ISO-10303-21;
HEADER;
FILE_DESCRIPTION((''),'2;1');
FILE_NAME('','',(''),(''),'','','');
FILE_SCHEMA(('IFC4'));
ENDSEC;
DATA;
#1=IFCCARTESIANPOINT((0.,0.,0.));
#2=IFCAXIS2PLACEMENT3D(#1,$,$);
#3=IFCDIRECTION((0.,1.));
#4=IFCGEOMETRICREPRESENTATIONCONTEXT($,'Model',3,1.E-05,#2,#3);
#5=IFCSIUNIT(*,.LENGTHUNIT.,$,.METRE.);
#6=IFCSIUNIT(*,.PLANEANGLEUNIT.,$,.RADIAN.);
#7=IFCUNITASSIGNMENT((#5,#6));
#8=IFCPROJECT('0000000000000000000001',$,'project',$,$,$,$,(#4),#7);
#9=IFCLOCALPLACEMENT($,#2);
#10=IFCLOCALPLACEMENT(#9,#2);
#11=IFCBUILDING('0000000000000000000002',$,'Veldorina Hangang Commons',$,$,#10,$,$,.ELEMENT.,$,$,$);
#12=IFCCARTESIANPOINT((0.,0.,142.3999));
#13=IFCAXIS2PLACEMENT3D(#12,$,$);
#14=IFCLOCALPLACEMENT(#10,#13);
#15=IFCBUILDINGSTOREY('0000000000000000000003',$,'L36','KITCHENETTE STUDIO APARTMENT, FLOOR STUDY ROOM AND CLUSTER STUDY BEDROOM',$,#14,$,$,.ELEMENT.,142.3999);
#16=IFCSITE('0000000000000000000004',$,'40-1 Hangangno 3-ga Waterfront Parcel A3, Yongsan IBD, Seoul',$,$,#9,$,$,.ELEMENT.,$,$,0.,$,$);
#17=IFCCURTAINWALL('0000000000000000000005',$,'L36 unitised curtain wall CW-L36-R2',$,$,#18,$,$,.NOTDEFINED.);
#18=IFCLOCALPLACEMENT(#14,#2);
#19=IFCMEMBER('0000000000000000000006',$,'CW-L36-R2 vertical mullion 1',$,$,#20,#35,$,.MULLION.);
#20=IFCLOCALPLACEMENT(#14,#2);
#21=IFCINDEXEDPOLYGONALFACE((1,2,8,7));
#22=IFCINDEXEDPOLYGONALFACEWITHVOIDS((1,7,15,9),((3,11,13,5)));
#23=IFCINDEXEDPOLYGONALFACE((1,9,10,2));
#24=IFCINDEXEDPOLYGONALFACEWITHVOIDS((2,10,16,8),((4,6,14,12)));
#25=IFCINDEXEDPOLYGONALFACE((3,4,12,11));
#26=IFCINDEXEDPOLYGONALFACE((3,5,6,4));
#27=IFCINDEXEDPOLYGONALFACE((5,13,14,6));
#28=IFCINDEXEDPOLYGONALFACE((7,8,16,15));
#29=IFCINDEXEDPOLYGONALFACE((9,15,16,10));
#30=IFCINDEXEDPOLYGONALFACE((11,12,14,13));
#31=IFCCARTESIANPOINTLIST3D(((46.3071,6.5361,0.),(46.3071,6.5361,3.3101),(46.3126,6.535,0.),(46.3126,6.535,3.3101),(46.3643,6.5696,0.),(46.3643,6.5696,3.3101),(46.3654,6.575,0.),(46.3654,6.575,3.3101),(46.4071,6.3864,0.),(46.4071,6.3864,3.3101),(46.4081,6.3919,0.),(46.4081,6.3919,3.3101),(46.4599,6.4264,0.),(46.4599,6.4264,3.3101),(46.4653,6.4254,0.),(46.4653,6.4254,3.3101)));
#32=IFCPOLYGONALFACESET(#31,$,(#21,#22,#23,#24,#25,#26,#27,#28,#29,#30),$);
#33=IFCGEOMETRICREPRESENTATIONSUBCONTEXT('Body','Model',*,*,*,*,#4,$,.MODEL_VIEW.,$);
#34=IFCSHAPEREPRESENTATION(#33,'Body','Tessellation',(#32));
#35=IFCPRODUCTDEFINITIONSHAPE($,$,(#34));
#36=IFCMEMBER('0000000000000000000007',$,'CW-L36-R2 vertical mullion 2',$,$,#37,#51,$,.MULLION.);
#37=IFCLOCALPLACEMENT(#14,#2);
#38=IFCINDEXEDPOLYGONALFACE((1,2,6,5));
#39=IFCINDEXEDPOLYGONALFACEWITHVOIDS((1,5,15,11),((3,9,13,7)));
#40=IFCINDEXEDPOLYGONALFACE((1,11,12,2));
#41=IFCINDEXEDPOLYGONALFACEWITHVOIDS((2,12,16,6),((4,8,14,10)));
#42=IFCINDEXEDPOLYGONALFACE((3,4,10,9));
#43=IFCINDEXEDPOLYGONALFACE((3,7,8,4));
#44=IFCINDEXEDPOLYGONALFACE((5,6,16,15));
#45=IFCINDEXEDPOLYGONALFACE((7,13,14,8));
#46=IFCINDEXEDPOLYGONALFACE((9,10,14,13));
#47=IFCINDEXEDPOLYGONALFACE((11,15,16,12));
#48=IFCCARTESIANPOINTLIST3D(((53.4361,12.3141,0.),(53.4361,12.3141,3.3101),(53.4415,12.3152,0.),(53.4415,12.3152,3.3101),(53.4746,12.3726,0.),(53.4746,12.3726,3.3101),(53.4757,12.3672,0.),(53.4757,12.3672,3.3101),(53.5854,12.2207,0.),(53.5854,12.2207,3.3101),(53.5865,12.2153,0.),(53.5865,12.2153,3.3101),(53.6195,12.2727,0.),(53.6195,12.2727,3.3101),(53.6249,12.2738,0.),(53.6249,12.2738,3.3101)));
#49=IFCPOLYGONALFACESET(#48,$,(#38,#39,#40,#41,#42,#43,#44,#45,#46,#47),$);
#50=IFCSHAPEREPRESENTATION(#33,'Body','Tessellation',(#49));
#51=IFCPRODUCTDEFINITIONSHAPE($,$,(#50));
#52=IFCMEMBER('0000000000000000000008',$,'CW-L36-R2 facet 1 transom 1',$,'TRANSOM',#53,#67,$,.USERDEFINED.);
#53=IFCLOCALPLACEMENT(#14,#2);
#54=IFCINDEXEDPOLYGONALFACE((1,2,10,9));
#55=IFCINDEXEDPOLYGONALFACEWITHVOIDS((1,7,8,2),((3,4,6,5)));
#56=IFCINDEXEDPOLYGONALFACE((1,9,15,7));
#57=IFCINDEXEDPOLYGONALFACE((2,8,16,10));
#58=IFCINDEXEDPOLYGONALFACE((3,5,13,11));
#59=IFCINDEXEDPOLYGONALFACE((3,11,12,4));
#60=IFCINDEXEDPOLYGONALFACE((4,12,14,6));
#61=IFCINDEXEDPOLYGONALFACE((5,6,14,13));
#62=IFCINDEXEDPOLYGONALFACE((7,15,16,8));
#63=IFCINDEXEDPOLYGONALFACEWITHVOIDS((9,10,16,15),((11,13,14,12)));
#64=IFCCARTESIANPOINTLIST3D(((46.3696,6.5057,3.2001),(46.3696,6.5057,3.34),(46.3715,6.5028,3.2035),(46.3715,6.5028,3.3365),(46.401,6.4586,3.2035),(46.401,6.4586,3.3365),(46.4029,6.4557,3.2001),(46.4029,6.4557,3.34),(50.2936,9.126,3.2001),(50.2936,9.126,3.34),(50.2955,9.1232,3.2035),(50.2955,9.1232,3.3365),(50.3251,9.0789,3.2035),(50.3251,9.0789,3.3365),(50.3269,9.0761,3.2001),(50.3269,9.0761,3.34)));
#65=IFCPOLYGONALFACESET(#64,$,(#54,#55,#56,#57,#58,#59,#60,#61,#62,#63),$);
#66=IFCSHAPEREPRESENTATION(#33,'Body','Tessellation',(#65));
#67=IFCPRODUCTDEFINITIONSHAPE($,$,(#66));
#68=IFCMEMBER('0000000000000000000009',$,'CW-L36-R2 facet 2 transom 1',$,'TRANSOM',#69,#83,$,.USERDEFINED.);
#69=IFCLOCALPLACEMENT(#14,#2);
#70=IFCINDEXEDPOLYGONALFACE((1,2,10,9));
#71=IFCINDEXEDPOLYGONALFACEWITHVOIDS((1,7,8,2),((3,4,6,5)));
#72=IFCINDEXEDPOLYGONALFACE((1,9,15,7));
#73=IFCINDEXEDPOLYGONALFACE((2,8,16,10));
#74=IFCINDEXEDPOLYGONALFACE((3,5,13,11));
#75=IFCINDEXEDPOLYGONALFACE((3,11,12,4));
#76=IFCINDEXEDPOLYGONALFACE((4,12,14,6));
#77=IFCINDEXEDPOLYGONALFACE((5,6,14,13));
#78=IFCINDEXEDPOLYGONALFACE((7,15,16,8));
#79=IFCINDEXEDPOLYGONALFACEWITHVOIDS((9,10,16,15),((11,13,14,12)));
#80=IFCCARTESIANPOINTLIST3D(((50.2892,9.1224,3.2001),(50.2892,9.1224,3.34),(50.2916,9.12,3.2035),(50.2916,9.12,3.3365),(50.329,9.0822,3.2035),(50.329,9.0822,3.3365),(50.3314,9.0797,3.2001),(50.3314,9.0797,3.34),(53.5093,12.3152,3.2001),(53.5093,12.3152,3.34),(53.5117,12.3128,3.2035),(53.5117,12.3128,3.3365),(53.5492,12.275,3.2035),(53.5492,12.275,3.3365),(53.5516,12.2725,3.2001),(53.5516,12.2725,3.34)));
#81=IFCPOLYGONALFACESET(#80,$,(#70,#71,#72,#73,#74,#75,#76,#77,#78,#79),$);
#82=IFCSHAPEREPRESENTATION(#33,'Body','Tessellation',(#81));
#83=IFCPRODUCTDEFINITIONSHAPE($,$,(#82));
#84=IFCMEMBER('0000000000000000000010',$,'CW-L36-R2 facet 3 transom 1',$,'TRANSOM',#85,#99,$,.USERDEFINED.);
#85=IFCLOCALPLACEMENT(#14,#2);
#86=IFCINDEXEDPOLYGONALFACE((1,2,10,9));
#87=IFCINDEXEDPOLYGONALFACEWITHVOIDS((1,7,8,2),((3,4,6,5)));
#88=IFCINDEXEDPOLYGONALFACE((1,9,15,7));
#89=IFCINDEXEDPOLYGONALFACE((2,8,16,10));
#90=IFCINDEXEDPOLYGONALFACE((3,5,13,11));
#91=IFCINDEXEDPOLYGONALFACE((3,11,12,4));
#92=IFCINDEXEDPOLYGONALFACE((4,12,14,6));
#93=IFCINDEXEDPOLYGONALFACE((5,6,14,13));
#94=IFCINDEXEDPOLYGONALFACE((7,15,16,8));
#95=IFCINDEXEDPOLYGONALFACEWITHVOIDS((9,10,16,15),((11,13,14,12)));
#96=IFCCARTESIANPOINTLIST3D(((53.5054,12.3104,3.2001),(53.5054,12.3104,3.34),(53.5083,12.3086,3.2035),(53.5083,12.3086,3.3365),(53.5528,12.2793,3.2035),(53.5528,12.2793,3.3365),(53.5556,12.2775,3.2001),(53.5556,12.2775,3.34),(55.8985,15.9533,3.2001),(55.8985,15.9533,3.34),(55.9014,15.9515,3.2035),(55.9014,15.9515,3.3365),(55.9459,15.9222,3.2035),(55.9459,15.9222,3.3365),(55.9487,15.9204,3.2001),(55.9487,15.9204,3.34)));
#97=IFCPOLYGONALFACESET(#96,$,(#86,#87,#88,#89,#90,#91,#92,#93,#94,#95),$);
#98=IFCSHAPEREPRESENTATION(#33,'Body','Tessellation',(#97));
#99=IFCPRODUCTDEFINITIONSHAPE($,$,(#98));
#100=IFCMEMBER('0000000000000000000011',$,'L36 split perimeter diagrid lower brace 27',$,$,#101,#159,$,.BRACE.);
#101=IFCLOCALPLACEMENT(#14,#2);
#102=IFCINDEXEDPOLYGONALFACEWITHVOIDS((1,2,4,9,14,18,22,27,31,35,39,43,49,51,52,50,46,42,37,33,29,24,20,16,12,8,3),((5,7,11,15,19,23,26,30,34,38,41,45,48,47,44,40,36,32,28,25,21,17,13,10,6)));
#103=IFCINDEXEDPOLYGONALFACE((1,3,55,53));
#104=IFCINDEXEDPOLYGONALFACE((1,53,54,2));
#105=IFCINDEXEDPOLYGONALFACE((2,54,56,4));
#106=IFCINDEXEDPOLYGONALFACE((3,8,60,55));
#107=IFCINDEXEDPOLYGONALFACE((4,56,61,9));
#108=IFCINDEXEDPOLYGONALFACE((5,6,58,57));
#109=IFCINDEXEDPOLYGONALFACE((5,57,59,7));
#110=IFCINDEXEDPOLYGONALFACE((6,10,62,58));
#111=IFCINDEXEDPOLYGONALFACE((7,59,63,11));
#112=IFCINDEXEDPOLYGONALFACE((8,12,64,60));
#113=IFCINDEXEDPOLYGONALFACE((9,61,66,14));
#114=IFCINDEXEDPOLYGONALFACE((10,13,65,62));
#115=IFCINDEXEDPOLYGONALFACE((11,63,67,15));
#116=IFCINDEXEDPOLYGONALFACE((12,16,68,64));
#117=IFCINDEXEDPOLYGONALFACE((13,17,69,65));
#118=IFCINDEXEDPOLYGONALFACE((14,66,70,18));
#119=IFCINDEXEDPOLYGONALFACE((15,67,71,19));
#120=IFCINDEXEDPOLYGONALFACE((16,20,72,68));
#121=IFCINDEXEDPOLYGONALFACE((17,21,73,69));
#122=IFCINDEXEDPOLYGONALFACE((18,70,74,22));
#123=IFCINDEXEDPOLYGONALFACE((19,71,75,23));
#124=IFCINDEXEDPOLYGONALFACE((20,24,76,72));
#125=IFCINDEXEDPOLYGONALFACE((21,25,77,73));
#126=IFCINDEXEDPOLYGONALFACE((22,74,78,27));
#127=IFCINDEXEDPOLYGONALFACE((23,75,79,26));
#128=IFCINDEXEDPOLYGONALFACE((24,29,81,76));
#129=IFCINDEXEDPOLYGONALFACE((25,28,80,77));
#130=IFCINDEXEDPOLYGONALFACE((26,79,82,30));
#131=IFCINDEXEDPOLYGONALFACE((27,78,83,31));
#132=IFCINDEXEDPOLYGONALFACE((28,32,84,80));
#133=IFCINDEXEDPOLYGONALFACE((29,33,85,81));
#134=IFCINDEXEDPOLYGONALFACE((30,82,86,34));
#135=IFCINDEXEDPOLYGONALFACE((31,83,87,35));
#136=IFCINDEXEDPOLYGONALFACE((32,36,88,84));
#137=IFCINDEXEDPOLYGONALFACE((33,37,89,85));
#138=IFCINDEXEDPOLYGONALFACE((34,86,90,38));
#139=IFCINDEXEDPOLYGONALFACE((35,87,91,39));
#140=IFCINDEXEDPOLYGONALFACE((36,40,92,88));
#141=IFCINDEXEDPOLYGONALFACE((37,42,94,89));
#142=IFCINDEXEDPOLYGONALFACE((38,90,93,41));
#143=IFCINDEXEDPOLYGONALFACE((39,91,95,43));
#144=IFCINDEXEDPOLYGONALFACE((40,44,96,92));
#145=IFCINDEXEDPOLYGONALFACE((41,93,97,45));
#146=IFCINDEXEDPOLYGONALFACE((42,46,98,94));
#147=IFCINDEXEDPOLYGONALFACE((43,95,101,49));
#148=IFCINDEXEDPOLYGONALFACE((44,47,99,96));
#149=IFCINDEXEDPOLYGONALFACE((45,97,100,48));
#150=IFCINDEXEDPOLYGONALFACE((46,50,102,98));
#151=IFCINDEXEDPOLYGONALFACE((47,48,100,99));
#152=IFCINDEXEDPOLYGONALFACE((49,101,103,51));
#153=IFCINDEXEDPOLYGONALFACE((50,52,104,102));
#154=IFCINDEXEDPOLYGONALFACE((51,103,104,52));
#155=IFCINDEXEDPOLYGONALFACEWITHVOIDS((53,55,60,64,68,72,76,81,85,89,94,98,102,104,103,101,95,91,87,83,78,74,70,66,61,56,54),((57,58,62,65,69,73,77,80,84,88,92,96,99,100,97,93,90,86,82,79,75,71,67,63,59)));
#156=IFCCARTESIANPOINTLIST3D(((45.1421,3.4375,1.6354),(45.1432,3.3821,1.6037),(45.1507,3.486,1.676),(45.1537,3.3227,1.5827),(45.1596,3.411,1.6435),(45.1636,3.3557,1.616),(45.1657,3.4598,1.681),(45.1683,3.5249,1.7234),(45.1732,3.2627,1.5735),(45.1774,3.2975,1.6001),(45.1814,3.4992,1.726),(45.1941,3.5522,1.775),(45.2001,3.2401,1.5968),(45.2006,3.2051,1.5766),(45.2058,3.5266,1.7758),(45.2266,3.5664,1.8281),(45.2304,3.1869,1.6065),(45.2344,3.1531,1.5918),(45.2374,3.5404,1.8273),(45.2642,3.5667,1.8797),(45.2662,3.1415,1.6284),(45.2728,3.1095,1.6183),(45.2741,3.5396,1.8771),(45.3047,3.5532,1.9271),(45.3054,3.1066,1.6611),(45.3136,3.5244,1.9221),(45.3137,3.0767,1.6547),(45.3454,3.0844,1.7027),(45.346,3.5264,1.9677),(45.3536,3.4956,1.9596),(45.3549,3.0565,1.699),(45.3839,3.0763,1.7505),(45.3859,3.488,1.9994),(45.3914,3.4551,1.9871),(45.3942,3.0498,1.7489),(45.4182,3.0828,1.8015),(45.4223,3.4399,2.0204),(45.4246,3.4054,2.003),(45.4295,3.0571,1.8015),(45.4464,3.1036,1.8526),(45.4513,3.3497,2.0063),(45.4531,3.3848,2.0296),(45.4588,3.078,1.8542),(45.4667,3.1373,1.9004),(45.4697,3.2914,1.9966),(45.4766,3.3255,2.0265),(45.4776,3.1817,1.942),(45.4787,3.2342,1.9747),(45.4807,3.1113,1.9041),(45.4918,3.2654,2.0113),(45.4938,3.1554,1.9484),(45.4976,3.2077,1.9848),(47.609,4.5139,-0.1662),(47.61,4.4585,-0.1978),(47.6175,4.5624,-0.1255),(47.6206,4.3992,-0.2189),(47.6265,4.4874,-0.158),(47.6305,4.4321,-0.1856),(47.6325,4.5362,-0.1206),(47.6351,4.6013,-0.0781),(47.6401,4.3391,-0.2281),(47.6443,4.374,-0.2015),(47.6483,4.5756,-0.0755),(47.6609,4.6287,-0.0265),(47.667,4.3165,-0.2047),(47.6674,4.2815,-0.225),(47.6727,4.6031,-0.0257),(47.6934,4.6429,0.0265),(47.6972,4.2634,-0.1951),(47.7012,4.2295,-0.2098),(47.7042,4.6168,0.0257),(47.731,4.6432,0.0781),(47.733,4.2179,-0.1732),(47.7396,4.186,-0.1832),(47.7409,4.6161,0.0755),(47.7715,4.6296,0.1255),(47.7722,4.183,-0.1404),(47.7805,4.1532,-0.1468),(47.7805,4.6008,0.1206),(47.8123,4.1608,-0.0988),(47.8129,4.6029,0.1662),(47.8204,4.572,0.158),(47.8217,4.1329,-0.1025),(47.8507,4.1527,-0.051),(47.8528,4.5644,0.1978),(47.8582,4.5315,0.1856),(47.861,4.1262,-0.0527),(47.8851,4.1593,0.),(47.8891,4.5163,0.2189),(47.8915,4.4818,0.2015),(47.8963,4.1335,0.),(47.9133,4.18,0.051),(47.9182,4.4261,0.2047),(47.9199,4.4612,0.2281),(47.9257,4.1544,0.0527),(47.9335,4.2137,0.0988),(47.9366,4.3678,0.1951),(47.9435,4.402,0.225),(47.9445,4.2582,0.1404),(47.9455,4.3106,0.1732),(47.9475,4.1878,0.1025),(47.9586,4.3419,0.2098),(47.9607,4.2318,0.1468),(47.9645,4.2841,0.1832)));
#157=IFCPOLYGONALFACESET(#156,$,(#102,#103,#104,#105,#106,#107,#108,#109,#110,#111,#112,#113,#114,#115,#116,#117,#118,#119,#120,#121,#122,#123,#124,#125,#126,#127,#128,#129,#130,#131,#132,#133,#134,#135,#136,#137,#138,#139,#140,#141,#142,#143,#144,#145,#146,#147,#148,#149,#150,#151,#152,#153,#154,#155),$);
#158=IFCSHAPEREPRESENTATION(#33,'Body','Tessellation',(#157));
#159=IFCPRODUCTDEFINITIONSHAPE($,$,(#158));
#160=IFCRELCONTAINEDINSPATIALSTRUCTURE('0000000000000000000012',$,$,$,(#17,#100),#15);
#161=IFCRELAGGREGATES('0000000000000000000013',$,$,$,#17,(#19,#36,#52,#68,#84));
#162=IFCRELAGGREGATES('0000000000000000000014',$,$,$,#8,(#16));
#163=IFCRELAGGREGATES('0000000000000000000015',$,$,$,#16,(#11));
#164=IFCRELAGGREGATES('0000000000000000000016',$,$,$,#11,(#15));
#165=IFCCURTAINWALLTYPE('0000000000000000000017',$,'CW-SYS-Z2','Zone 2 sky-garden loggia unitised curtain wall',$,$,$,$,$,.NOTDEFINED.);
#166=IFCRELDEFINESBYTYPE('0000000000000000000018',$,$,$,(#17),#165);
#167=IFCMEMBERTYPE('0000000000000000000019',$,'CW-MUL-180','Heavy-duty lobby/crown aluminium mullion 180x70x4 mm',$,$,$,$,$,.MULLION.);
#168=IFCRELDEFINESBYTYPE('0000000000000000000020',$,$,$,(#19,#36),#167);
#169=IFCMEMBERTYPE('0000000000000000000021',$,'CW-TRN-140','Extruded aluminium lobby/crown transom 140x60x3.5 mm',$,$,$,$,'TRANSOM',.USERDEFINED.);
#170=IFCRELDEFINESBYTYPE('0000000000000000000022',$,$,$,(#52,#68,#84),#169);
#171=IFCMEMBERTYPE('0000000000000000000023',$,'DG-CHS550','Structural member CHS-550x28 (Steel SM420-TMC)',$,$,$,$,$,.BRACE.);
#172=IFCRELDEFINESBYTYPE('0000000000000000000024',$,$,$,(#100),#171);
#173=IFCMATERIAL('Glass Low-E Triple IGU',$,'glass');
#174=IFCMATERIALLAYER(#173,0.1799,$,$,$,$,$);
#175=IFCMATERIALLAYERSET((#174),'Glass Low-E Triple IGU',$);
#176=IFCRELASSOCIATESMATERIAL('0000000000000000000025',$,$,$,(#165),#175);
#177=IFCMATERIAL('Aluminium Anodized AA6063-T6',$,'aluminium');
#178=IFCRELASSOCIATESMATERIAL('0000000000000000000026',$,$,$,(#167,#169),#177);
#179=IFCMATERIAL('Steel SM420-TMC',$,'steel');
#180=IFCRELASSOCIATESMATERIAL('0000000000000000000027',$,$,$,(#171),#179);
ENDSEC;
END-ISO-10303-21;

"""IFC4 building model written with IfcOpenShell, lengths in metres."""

from ifc_helpers import new_model, si_unit, direction, frame, origin, origin_2d, place, context, subcontext, project, spatial, hollow_rectangle, hollow_circle, extrude, material, layer, layer_set, material_profile, profile_set, type_object, element, aggregate, save


model = new_model("IFC4")

# Units and contexts
model_context = context("Model", 3, precision=1e-05, world=origin(), true_north=direction((0.0, 1.0)))
body_context = subcontext(model_context, "Body", "Model", "MODEL_VIEW")
ifc_project = project(units=[si_unit("LENGTHUNIT", "METRE"), si_unit("PLANEANGLEUNIT", "RADIAN")], contexts=[model_context])

# Site, building, storey
site_placement = place(None, origin())
site = spatial("IfcSite", under=ifc_project, at=site_placement, Name="40-1 Hangangno 3-ga Waterfront Parcel A3, Yongsan IBD, Seoul", CompositionType="ELEMENT", RefElevation=0.0)
building_placement = place(site_placement, origin())
building = spatial("IfcBuilding", under=site, at=building_placement, Name="Veldorina Hangang Commons", CompositionType="ELEMENT")
storey_placement = place(building_placement, frame((0.0, 0.0, 142.3999)))
storey = spatial("IfcBuildingStorey", under=building, at=storey_placement, Name="L36", Description="KITCHENETTE STUDIO APARTMENT, FLOOR STUDY ROOM AND CLUSTER STUDY BEDROOM", CompositionType="ELEMENT", Elevation=142.3999)

# Shared definitions
ifc_material_1 = material(Name="Steel SM420-TMC", Category="steel")

# Curtain wall, members
ifc_material_2 = material(Name="Glass Low-E Triple IGU", Category="glass")
ifc_layer_1 = layer(ifc_material_2, 0.1799)
ifc_layer_set_1 = layer_set([ifc_layer_1], Name="Glass Low-E Triple IGU")
curtain_wall_type = type_object("IfcCurtainWallType", Name="CW-SYS-Z2", Description="Zone 2 sky-garden loggia unitised curtain wall", PredefinedType="NOTDEFINED", material=ifc_layer_set_1)
curtain_wall_placement = place(storey_placement, origin())
curtain_wall = element("IfcCurtainWall", 1, at=curtain_wall_placement, inside=storey, type_object=curtain_wall_type, Name="L36 unitised curtain wall CW-L36-R2", PredefinedType="NOTDEFINED")
ifc_material_3 = material(Name="Aluminium Anodized AA6063-T6", Category="aluminium")
ifc_material_profile_1 = material_profile(ifc_material_3, hollow_rectangle(XDim=0.0701, YDim=0.1799, WallThickness=0.0039, at=origin_2d()), Name="ALU-RHS-180x70x4")
ifc_profile_set_1 = profile_set([ifc_material_profile_1], Name="Aluminium Anodized AA6063-T6")
member_type_1 = type_object("IfcMemberType", Name="CW-MUL-180", Description="Heavy-duty lobby/crown aluminium mullion 180x70x4 mm", PredefinedType="MULLION", material=ifc_profile_set_1)
member_1_placement = place(storey_placement, frame((46.3862, 6.4807, 0.0), z_axis=(0.0, 0.0, 1.0), x_axis=(0.831625, 0.555338, 0.0)))
member_1 = element("IfcMember", 2, at=member_1_placement, type_object=member_type_1, Name="CW-L36-R2 vertical mullion 1", PredefinedType="MULLION", context=body_context, shape_type="SweptSolid", body=[
    extrude(hollow_rectangle(XDim=0.0701, YDim=0.1799, WallThickness=0.0039, at=origin_2d()), origin(), (0.0, 0.0, 1.0), 3.3101),
])
member_2_placement = place(storey_placement, frame((53.5305, 12.2939, 0.0), z_axis=(0.0, 0.0, 1.0), x_axis=(0.549037, 0.835798, 0.0)))
member_2 = element("IfcMember", 3, at=member_2_placement, type_object=member_type_1, Name="CW-L36-R2 vertical mullion 2", PredefinedType="MULLION", context=body_context, shape_type="SweptSolid", body=[
    extrude(hollow_rectangle(XDim=0.0701, YDim=0.1799, WallThickness=0.0039, at=origin_2d()), origin(), (0.0, 0.0, 1.0), 3.3101),
])
ifc_material_profile_2 = material_profile(ifc_material_3, hollow_rectangle(XDim=0.0601, YDim=0.1399, WallThickness=0.0034, at=origin_2d()), Name="ALU-RHS-140x60x3.5")
ifc_profile_set_2 = profile_set([ifc_material_profile_2], Name="Aluminium Anodized AA6063-T6")
member_type_2 = type_object("IfcMemberType", Name="CW-TRN-140", Description="Extruded aluminium lobby/crown transom 140x60x3.5 mm", ElementType="TRANSOM", PredefinedType="USERDEFINED", material=ifc_profile_set_2)
member_3_placement = place(storey_placement, frame((46.3862, 6.4807, 3.27), z_axis=(0.831628, 0.555333, 0.0), x_axis=(-0.555333, 0.831628, 0.0)))
member_3 = element("IfcMember", 4, at=member_3_placement, type_object=member_type_2, Name="CW-L36-R2 facet 1 transom 1", ObjectType="TRANSOM", PredefinedType="USERDEFINED", context=body_context, shape_type="SweptSolid", body=[
    extrude(hollow_rectangle(XDim=0.0601, YDim=0.1399, WallThickness=0.0034, at=origin_2d()), origin(), (0.0, 0.0, 1.0), 4.7185),
])
member_4_placement = place(storey_placement, frame((50.3103, 9.1011, 3.27), z_axis=(0.710115, 0.704085, 0.0), x_axis=(-0.704085, 0.710115, 0.0)))
member_4 = element("IfcMember", 5, at=member_4_placement, type_object=member_type_2, Name="CW-L36-R2 facet 2 transom 1", ObjectType="TRANSOM", PredefinedType="USERDEFINED", context=body_context, shape_type="SweptSolid", body=[
    extrude(hollow_rectangle(XDim=0.0601, YDim=0.1399, WallThickness=0.0034, at=origin_2d()), origin(), (0.0, 0.0, 1.0), 4.5347),
])
member_5_placement = place(storey_placement, frame((53.5305, 12.2939, 3.27), z_axis=(0.549052, 0.835788, 0.0), x_axis=(-0.835788, 0.549052, 0.0)))
member_5 = element("IfcMember", 6, at=member_5_placement, type_object=member_type_2, Name="CW-L36-R2 facet 3 transom 1", ObjectType="TRANSOM", PredefinedType="USERDEFINED", context=body_context, shape_type="SweptSolid", body=[
    extrude(hollow_rectangle(XDim=0.0601, YDim=0.1399, WallThickness=0.0034, at=origin_2d()), origin(), (0.0, 0.0, 1.0), 4.3586),
])

# Member
ifc_material_profile_3 = material_profile(ifc_material_1, hollow_circle(Radius=0.2749, WallThickness=0.0281, at=origin_2d()), Name="CHS-550x28")
ifc_profile_set_3 = profile_set([ifc_material_profile_3], Name="Steel SM420-TMC")
member_type_3 = type_object("IfcMemberType", Name="DG-CHS550", Description="Structural member CHS-550x28 (Steel SM420-TMC)", PredefinedType="BRACE", material=ifc_profile_set_3)
member_6_placement = place(storey_placement, frame((47.7864, 4.3855, 0.0), z_axis=(-0.761662, -0.33236, 0.556245), x_axis=(0.399943, -0.91654, 0.0)))
element("IfcMember", 7, at=member_6_placement, inside=storey, type_object=member_type_3, Name="L36 split perimeter diagrid lower brace 27", PredefinedType="BRACE", context=body_context, shape_type="SweptSolid", body=[
    extrude(hollow_circle(Radius=0.2749, WallThickness=0.0281, at=origin_2d()), origin(), (0.0, 0.0, 1.0), 3.2388),
])

aggregate(curtain_wall, [member_1, member_2, member_3, member_4, member_5])

save(model, "model.ifc")
